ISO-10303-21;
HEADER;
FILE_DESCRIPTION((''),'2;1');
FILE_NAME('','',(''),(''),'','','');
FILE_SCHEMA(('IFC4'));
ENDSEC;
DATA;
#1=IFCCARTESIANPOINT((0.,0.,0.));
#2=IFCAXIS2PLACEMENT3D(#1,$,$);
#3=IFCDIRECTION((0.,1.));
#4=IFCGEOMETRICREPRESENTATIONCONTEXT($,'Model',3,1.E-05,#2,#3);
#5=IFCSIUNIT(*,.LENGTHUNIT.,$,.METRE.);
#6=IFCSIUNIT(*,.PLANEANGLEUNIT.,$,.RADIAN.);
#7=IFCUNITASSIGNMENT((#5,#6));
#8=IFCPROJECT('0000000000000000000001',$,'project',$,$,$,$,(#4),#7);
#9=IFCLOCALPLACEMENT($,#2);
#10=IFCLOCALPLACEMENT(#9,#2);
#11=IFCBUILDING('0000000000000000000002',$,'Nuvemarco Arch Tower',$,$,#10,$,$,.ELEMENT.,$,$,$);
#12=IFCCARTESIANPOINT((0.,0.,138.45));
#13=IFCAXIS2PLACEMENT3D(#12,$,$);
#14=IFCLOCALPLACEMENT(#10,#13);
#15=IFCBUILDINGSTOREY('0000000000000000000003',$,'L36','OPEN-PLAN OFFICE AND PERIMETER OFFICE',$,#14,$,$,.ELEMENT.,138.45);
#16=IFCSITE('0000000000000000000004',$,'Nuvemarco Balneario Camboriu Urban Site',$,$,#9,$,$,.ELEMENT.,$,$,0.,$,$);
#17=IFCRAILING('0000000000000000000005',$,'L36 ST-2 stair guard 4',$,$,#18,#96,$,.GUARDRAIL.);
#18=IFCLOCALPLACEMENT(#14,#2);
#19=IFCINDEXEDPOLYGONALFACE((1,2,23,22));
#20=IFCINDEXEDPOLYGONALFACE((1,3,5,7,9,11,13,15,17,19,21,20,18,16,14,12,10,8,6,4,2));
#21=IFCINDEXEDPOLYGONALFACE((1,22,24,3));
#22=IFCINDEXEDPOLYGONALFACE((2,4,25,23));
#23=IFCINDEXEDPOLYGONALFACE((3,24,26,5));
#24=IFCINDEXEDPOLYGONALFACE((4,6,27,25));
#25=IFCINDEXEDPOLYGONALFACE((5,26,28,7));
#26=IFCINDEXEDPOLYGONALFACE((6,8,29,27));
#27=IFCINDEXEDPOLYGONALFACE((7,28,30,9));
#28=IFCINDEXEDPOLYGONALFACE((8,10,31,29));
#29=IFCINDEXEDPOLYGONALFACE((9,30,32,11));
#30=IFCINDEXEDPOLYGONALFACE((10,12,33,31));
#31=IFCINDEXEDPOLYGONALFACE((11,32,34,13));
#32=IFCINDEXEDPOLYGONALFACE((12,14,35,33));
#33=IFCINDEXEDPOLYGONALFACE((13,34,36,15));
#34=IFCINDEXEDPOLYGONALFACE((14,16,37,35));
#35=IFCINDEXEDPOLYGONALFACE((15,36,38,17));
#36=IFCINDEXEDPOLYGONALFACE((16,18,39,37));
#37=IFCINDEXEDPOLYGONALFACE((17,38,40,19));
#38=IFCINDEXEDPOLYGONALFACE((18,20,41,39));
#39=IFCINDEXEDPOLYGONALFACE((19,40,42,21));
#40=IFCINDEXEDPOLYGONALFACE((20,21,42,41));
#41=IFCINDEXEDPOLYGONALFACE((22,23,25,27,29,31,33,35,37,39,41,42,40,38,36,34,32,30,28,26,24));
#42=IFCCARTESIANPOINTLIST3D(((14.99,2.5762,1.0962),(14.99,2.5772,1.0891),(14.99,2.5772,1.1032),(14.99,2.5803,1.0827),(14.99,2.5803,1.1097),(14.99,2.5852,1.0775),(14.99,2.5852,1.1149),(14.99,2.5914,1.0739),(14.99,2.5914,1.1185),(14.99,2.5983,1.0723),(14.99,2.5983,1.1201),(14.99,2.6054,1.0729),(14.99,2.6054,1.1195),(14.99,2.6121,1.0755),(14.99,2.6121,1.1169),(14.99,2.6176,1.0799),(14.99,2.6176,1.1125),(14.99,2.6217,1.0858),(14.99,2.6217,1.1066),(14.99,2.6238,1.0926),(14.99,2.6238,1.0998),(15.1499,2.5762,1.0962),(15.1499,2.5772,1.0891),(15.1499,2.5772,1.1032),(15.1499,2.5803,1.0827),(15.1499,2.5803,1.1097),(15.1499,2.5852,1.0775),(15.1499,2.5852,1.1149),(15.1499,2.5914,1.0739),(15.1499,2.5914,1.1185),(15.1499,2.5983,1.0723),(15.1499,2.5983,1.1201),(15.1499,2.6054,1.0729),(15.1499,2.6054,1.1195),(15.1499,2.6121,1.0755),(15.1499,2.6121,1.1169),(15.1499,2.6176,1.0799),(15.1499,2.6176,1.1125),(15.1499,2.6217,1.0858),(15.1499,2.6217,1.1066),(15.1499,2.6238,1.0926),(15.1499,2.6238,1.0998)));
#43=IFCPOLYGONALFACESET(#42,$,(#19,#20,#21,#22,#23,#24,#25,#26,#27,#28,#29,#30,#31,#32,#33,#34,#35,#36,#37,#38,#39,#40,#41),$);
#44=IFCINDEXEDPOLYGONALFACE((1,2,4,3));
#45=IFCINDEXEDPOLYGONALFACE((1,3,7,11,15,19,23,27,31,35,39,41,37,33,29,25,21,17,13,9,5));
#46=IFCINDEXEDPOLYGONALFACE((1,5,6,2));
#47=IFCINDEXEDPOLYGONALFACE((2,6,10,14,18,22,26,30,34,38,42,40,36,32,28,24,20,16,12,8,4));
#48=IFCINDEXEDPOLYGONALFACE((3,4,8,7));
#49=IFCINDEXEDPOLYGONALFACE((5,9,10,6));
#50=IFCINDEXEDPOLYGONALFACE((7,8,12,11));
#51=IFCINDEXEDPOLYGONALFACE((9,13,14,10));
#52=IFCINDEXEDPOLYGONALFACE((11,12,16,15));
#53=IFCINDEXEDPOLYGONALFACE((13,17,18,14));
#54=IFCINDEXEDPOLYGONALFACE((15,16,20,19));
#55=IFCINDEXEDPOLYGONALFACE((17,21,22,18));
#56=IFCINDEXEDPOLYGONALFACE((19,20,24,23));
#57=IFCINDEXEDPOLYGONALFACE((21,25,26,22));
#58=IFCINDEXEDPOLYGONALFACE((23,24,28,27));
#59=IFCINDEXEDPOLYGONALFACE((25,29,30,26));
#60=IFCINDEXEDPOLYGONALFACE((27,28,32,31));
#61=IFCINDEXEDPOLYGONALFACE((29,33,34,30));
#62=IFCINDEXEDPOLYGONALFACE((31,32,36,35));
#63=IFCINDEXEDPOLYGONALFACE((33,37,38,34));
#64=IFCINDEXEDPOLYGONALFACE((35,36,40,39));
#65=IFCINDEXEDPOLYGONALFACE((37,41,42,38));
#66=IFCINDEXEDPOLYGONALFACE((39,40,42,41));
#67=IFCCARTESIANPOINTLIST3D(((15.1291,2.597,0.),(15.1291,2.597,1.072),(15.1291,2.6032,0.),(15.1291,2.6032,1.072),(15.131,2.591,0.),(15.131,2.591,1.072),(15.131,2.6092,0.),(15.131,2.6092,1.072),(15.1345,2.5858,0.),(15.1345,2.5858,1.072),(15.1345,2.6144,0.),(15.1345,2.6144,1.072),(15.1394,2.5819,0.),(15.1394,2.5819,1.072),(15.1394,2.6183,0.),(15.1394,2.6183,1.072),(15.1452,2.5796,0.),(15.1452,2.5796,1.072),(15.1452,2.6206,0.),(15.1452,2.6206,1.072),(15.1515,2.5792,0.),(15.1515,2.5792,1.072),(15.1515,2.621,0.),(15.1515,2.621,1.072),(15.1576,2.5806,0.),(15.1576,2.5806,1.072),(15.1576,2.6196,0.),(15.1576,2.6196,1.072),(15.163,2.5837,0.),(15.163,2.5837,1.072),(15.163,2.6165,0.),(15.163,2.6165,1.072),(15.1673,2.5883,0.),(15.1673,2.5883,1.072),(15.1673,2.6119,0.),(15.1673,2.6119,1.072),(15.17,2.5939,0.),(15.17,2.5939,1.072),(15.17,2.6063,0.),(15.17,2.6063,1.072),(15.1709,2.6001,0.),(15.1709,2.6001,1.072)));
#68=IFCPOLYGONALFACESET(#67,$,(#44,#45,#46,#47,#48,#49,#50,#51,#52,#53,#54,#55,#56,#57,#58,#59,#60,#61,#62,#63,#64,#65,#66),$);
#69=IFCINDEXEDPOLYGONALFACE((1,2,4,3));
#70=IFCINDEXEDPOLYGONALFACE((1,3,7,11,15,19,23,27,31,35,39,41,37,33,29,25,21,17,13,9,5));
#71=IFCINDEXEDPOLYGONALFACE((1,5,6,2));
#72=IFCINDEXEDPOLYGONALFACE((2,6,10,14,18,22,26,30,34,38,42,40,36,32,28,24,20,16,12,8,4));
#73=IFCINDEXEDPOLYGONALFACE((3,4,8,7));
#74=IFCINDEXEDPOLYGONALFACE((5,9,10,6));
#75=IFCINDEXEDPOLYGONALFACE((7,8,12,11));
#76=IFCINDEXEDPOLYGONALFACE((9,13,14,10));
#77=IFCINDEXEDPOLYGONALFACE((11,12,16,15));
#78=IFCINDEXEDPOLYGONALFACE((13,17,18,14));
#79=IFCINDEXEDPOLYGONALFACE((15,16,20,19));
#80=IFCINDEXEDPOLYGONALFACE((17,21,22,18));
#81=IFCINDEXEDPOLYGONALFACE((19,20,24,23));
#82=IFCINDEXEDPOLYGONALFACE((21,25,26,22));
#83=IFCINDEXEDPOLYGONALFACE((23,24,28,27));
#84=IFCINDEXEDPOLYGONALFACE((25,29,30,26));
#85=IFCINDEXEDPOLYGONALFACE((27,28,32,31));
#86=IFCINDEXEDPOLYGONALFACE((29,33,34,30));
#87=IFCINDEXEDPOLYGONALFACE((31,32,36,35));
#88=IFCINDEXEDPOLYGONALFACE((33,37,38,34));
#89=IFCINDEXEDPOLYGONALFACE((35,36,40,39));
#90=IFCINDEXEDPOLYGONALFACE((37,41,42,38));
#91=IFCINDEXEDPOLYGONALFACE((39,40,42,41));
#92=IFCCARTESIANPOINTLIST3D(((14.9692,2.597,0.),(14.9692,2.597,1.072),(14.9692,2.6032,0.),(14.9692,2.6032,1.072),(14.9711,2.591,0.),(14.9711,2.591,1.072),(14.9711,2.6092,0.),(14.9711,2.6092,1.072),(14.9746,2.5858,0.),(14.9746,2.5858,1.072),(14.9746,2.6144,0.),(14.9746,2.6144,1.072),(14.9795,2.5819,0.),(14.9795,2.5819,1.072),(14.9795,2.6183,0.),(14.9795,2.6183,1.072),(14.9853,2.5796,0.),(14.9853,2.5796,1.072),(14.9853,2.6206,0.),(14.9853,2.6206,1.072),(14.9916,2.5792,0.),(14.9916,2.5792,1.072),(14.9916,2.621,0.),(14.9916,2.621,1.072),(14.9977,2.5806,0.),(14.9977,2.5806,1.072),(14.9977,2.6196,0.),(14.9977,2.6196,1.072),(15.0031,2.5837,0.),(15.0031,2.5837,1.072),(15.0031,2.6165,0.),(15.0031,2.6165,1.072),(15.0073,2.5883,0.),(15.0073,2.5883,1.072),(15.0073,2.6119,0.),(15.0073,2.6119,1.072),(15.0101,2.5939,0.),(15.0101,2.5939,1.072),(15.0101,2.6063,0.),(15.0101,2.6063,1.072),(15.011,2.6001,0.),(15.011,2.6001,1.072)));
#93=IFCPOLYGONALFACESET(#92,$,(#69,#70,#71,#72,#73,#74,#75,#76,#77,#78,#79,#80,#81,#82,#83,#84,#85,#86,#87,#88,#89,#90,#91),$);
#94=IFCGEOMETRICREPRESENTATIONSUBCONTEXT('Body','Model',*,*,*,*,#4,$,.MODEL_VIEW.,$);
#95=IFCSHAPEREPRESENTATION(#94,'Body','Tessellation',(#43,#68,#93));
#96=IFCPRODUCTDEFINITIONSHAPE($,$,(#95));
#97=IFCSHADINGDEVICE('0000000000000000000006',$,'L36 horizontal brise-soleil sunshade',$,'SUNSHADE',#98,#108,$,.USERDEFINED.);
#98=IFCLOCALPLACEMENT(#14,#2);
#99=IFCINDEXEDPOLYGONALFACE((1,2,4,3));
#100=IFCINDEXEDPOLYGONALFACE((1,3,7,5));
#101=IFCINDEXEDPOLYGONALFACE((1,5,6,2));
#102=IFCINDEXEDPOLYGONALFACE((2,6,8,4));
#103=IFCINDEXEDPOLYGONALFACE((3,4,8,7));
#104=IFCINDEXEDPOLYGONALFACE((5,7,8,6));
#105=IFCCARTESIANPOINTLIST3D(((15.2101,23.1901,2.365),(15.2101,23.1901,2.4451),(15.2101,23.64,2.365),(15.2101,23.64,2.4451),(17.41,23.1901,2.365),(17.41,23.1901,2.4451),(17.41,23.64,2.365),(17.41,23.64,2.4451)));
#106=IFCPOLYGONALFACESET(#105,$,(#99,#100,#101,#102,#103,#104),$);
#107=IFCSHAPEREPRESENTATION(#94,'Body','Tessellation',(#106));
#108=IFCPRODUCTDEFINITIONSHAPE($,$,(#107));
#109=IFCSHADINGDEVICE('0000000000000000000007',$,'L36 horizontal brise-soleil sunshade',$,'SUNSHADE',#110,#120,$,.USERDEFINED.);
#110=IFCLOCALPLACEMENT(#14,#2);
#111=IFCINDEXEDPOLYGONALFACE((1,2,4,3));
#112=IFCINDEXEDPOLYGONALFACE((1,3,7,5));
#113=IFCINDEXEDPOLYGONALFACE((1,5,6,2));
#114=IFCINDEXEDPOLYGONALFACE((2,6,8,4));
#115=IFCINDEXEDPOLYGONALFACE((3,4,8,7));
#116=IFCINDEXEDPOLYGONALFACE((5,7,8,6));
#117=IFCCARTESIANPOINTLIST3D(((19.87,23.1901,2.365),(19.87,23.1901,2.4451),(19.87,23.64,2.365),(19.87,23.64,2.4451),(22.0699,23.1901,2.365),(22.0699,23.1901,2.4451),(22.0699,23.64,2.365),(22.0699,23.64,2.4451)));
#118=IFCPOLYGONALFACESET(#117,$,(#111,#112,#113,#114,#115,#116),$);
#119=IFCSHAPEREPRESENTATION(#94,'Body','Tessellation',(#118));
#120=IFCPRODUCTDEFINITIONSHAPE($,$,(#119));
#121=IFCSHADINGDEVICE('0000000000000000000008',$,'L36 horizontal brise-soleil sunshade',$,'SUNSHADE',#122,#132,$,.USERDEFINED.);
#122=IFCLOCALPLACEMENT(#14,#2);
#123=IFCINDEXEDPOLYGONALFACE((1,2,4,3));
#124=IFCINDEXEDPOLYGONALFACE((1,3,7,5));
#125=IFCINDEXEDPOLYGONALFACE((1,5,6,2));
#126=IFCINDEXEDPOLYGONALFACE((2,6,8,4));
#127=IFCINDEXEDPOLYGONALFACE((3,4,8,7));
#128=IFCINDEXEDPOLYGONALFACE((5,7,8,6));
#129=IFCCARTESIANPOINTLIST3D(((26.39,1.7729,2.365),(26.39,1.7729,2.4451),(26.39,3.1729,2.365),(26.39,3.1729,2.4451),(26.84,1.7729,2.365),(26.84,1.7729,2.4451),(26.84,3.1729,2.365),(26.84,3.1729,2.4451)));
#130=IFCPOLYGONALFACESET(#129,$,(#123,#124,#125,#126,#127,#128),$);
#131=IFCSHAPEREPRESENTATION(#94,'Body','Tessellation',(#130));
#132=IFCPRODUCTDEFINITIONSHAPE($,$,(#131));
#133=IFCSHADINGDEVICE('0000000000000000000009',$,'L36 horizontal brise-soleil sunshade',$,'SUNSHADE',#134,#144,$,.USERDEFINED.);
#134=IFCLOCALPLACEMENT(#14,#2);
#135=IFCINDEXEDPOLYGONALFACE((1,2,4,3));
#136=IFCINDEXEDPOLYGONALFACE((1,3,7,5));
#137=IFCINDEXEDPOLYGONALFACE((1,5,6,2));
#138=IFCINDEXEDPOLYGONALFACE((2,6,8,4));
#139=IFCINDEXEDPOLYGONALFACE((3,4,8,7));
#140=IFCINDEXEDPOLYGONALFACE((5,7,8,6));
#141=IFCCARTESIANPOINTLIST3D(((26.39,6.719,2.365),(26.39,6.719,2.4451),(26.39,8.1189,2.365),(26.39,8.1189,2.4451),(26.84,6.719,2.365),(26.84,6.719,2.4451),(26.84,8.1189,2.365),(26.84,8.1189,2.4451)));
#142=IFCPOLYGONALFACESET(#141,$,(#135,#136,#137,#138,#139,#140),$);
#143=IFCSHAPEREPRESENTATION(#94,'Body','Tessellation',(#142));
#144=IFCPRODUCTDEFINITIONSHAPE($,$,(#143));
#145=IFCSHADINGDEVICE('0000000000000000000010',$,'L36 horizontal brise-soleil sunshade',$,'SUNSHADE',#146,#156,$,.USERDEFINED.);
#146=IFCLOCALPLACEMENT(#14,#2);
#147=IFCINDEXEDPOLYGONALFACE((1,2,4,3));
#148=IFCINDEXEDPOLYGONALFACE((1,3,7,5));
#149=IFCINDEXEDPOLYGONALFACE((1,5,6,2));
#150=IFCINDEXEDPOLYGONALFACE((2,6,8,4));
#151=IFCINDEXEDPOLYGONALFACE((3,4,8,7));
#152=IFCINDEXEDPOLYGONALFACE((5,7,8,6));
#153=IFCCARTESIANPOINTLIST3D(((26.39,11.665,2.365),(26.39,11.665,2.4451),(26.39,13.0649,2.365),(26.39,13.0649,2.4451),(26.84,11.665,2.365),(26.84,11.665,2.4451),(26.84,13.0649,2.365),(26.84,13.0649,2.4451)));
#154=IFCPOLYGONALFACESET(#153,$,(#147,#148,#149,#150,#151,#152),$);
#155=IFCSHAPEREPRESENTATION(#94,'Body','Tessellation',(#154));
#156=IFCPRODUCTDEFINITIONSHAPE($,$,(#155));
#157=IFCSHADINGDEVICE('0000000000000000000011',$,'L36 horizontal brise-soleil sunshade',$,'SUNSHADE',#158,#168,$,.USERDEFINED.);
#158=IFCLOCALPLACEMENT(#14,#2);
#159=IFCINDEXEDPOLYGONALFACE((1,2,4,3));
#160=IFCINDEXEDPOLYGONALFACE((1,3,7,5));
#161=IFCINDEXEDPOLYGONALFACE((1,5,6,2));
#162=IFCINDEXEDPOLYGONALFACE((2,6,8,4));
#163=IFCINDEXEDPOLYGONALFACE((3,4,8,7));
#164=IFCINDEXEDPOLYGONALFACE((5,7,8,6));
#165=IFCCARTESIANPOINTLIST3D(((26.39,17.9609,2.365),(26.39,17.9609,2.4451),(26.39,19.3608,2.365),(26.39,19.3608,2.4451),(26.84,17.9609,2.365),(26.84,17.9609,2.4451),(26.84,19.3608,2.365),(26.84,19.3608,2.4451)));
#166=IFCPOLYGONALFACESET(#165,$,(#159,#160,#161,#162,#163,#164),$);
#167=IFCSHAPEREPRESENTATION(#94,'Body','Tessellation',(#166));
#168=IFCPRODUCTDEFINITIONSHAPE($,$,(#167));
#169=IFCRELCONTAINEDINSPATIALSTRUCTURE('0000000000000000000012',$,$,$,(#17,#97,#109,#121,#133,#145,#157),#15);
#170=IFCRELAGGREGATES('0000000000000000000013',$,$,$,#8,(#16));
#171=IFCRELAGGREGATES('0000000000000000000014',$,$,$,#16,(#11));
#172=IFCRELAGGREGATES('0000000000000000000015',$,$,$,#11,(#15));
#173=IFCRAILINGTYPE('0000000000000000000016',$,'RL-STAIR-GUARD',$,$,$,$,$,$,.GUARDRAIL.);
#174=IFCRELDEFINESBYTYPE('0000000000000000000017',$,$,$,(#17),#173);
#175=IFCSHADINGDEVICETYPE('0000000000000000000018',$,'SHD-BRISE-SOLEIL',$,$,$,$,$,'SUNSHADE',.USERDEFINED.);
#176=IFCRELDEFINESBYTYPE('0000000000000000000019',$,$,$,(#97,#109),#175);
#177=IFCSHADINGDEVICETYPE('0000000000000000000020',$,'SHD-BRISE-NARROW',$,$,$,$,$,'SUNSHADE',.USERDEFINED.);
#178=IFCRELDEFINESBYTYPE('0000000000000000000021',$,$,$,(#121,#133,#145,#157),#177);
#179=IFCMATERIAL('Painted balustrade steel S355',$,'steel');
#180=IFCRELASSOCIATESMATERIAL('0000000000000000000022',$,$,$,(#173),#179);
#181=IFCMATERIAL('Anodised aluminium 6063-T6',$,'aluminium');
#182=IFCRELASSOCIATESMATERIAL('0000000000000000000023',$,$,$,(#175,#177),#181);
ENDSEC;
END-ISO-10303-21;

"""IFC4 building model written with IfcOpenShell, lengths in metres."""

from ifc_helpers import new_model, si_unit, direction, frame, origin, origin_2d, place, context, subcontext, project, spatial, rectangle, circle, extrude, source, transform, mapped, material, type_object, type_shapes, element, save


model = new_model("IFC4")

# Units and contexts
model_context = context("Model", 3, precision=1e-05, world=origin(), true_north=direction((0.0, 1.0)))
body_context = subcontext(model_context, "Body", "Model", "MODEL_VIEW")
ifc_project = project(units=[si_unit("LENGTHUNIT", "METRE"), si_unit("PLANEANGLEUNIT", "RADIAN")], contexts=[model_context])

# Site, building, storey
site_placement = place(None, origin())
site = spatial("IfcSite", under=ifc_project, at=site_placement, Name="Nuvemarco Balneario Camboriu Urban Site", CompositionType="ELEMENT", RefElevation=0.0)
building_placement = place(site_placement, origin())
building = spatial("IfcBuilding", under=site, at=building_placement, Name="Nuvemarco Arch Tower", CompositionType="ELEMENT")
storey_placement = place(building_placement, frame((0.0, 0.0, 138.45)))
storey = spatial("IfcBuildingStorey", under=building, at=storey_placement, Name="L36", Description="OPEN-PLAN OFFICE AND PERIMETER OFFICE", CompositionType="ELEMENT", Elevation=138.45)

# Railing
ifc_material_1 = material(Name="Painted balustrade steel S355", Category="steel")
railing_type_1 = type_object("IfcRailingType", Name="RL-STAIR-GUARD", PredefinedType="GUARDRAIL", material=ifc_material_1)
railing_1_placement = place(storey_placement, frame((15.1499, 2.6001, 0.0)))
element("IfcRailing", 1, at=railing_1_placement, inside=storey, type_object=railing_type_1, Name="L36 ST-2 stair guard 4", PredefinedType="GUARDRAIL", context=body_context, shape_type="SweptSolid", body=[
    extrude(circle(Radius=0.0239, at=origin_2d()), frame((0.0, 0.0, 1.0962), z_axis=(-1.0, 0.0, 0.0), x_axis=(0.0, -1.0, 0.0)), (0.0, 0.0, 1.0), 0.1599),
    extrude(circle(Radius=0.021, at=origin_2d()), origin(), (0.0, 0.0, 1.0), 1.072),
    extrude(circle(Radius=0.021, at=origin_2d()), frame((-0.1599, 0.0, 0.0)), (0.0, 0.0, 1.0), 1.072),
])

# Shading devices
ifc_material_2 = material(Name="Anodised aluminium 6063-T6", Category="aluminium")
shading_device_type_1 = type_object("IfcShadingDeviceType", Name="SHD-BRISE-SOLEIL", ElementType="SUNSHADE", PredefinedType="USERDEFINED", material=ifc_material_2)
shared_shape_1 = source(origin(), body_context, "Body", "SweptSolid", [
    extrude(rectangle(XDim=2.2, YDim=0.45, at=origin_2d()), origin(), (0.0, 0.0, 1.0), 0.0801),
])
type_shapes(shading_device_type_1, [shared_shape_1])
for number, where, z_axis, x_axis, name in (
    (2, (16.3101, 23.415, 2.365), (0.0, 0.0, 1.0), (1.0, 0.0, 0.0), "L36 horizontal brise-soleil sunshade"),
    (3, (20.97, 23.415, 2.365), (0.0, 0.0, 1.0), (1.0, 0.0, 0.0), "L36 horizontal brise-soleil sunshade"),
):
    element("IfcShadingDevice", number, at=place(storey_placement, frame(where, z_axis=z_axis, x_axis=x_axis)), inside=storey, type_object=shading_device_type_1, Name=name, ObjectType="SUNSHADE", PredefinedType="USERDEFINED", context=body_context, shape_type="MappedRepresentation", body=[
        mapped(shared_shape_1, transform((0.0, 0.0, 0.0), scale=1.0)),
    ])
shading_device_type_2 = type_object("IfcShadingDeviceType", Name="SHD-BRISE-NARROW", ElementType="SUNSHADE", PredefinedType="USERDEFINED", material=ifc_material_2)
shared_shape_2 = source(origin(), body_context, "Body", "SweptSolid", [
    extrude(rectangle(XDim=1.3999, YDim=0.45, at=origin_2d()), origin(), (0.0, 0.0, 1.0), 0.0801),
])
type_shapes(shading_device_type_2, [shared_shape_2])
for number, where, z_axis, x_axis, name in (
    (4, (26.615, 2.4729, 2.365), (0.0, 0.0, 1.0), (0.0, 1.0, 0.0), "L36 horizontal brise-soleil sunshade"),
    (5, (26.615, 7.4189, 2.365), (0.0, 0.0, 1.0), (0.0, 1.0, 0.0), "L36 horizontal brise-soleil sunshade"),
    (6, (26.615, 12.365, 2.365), (0.0, 0.0, 1.0), (0.0, 1.0, 0.0), "L36 horizontal brise-soleil sunshade"),
    (7, (26.615, 18.6609, 2.365), (0.0, 0.0, 1.0), (0.0, 1.0, 0.0), "L36 horizontal brise-soleil sunshade"),
):
    element("IfcShadingDevice", number, at=place(storey_placement, frame(where, z_axis=z_axis, x_axis=x_axis)), inside=storey, type_object=shading_device_type_2, Name=name, ObjectType="SUNSHADE", PredefinedType="USERDEFINED", context=body_context, shape_type="MappedRepresentation", body=[
        mapped(shared_shape_2, transform((0.0, 0.0, 0.0), scale=1.0)),
    ])

save(model, "model.ifc")
